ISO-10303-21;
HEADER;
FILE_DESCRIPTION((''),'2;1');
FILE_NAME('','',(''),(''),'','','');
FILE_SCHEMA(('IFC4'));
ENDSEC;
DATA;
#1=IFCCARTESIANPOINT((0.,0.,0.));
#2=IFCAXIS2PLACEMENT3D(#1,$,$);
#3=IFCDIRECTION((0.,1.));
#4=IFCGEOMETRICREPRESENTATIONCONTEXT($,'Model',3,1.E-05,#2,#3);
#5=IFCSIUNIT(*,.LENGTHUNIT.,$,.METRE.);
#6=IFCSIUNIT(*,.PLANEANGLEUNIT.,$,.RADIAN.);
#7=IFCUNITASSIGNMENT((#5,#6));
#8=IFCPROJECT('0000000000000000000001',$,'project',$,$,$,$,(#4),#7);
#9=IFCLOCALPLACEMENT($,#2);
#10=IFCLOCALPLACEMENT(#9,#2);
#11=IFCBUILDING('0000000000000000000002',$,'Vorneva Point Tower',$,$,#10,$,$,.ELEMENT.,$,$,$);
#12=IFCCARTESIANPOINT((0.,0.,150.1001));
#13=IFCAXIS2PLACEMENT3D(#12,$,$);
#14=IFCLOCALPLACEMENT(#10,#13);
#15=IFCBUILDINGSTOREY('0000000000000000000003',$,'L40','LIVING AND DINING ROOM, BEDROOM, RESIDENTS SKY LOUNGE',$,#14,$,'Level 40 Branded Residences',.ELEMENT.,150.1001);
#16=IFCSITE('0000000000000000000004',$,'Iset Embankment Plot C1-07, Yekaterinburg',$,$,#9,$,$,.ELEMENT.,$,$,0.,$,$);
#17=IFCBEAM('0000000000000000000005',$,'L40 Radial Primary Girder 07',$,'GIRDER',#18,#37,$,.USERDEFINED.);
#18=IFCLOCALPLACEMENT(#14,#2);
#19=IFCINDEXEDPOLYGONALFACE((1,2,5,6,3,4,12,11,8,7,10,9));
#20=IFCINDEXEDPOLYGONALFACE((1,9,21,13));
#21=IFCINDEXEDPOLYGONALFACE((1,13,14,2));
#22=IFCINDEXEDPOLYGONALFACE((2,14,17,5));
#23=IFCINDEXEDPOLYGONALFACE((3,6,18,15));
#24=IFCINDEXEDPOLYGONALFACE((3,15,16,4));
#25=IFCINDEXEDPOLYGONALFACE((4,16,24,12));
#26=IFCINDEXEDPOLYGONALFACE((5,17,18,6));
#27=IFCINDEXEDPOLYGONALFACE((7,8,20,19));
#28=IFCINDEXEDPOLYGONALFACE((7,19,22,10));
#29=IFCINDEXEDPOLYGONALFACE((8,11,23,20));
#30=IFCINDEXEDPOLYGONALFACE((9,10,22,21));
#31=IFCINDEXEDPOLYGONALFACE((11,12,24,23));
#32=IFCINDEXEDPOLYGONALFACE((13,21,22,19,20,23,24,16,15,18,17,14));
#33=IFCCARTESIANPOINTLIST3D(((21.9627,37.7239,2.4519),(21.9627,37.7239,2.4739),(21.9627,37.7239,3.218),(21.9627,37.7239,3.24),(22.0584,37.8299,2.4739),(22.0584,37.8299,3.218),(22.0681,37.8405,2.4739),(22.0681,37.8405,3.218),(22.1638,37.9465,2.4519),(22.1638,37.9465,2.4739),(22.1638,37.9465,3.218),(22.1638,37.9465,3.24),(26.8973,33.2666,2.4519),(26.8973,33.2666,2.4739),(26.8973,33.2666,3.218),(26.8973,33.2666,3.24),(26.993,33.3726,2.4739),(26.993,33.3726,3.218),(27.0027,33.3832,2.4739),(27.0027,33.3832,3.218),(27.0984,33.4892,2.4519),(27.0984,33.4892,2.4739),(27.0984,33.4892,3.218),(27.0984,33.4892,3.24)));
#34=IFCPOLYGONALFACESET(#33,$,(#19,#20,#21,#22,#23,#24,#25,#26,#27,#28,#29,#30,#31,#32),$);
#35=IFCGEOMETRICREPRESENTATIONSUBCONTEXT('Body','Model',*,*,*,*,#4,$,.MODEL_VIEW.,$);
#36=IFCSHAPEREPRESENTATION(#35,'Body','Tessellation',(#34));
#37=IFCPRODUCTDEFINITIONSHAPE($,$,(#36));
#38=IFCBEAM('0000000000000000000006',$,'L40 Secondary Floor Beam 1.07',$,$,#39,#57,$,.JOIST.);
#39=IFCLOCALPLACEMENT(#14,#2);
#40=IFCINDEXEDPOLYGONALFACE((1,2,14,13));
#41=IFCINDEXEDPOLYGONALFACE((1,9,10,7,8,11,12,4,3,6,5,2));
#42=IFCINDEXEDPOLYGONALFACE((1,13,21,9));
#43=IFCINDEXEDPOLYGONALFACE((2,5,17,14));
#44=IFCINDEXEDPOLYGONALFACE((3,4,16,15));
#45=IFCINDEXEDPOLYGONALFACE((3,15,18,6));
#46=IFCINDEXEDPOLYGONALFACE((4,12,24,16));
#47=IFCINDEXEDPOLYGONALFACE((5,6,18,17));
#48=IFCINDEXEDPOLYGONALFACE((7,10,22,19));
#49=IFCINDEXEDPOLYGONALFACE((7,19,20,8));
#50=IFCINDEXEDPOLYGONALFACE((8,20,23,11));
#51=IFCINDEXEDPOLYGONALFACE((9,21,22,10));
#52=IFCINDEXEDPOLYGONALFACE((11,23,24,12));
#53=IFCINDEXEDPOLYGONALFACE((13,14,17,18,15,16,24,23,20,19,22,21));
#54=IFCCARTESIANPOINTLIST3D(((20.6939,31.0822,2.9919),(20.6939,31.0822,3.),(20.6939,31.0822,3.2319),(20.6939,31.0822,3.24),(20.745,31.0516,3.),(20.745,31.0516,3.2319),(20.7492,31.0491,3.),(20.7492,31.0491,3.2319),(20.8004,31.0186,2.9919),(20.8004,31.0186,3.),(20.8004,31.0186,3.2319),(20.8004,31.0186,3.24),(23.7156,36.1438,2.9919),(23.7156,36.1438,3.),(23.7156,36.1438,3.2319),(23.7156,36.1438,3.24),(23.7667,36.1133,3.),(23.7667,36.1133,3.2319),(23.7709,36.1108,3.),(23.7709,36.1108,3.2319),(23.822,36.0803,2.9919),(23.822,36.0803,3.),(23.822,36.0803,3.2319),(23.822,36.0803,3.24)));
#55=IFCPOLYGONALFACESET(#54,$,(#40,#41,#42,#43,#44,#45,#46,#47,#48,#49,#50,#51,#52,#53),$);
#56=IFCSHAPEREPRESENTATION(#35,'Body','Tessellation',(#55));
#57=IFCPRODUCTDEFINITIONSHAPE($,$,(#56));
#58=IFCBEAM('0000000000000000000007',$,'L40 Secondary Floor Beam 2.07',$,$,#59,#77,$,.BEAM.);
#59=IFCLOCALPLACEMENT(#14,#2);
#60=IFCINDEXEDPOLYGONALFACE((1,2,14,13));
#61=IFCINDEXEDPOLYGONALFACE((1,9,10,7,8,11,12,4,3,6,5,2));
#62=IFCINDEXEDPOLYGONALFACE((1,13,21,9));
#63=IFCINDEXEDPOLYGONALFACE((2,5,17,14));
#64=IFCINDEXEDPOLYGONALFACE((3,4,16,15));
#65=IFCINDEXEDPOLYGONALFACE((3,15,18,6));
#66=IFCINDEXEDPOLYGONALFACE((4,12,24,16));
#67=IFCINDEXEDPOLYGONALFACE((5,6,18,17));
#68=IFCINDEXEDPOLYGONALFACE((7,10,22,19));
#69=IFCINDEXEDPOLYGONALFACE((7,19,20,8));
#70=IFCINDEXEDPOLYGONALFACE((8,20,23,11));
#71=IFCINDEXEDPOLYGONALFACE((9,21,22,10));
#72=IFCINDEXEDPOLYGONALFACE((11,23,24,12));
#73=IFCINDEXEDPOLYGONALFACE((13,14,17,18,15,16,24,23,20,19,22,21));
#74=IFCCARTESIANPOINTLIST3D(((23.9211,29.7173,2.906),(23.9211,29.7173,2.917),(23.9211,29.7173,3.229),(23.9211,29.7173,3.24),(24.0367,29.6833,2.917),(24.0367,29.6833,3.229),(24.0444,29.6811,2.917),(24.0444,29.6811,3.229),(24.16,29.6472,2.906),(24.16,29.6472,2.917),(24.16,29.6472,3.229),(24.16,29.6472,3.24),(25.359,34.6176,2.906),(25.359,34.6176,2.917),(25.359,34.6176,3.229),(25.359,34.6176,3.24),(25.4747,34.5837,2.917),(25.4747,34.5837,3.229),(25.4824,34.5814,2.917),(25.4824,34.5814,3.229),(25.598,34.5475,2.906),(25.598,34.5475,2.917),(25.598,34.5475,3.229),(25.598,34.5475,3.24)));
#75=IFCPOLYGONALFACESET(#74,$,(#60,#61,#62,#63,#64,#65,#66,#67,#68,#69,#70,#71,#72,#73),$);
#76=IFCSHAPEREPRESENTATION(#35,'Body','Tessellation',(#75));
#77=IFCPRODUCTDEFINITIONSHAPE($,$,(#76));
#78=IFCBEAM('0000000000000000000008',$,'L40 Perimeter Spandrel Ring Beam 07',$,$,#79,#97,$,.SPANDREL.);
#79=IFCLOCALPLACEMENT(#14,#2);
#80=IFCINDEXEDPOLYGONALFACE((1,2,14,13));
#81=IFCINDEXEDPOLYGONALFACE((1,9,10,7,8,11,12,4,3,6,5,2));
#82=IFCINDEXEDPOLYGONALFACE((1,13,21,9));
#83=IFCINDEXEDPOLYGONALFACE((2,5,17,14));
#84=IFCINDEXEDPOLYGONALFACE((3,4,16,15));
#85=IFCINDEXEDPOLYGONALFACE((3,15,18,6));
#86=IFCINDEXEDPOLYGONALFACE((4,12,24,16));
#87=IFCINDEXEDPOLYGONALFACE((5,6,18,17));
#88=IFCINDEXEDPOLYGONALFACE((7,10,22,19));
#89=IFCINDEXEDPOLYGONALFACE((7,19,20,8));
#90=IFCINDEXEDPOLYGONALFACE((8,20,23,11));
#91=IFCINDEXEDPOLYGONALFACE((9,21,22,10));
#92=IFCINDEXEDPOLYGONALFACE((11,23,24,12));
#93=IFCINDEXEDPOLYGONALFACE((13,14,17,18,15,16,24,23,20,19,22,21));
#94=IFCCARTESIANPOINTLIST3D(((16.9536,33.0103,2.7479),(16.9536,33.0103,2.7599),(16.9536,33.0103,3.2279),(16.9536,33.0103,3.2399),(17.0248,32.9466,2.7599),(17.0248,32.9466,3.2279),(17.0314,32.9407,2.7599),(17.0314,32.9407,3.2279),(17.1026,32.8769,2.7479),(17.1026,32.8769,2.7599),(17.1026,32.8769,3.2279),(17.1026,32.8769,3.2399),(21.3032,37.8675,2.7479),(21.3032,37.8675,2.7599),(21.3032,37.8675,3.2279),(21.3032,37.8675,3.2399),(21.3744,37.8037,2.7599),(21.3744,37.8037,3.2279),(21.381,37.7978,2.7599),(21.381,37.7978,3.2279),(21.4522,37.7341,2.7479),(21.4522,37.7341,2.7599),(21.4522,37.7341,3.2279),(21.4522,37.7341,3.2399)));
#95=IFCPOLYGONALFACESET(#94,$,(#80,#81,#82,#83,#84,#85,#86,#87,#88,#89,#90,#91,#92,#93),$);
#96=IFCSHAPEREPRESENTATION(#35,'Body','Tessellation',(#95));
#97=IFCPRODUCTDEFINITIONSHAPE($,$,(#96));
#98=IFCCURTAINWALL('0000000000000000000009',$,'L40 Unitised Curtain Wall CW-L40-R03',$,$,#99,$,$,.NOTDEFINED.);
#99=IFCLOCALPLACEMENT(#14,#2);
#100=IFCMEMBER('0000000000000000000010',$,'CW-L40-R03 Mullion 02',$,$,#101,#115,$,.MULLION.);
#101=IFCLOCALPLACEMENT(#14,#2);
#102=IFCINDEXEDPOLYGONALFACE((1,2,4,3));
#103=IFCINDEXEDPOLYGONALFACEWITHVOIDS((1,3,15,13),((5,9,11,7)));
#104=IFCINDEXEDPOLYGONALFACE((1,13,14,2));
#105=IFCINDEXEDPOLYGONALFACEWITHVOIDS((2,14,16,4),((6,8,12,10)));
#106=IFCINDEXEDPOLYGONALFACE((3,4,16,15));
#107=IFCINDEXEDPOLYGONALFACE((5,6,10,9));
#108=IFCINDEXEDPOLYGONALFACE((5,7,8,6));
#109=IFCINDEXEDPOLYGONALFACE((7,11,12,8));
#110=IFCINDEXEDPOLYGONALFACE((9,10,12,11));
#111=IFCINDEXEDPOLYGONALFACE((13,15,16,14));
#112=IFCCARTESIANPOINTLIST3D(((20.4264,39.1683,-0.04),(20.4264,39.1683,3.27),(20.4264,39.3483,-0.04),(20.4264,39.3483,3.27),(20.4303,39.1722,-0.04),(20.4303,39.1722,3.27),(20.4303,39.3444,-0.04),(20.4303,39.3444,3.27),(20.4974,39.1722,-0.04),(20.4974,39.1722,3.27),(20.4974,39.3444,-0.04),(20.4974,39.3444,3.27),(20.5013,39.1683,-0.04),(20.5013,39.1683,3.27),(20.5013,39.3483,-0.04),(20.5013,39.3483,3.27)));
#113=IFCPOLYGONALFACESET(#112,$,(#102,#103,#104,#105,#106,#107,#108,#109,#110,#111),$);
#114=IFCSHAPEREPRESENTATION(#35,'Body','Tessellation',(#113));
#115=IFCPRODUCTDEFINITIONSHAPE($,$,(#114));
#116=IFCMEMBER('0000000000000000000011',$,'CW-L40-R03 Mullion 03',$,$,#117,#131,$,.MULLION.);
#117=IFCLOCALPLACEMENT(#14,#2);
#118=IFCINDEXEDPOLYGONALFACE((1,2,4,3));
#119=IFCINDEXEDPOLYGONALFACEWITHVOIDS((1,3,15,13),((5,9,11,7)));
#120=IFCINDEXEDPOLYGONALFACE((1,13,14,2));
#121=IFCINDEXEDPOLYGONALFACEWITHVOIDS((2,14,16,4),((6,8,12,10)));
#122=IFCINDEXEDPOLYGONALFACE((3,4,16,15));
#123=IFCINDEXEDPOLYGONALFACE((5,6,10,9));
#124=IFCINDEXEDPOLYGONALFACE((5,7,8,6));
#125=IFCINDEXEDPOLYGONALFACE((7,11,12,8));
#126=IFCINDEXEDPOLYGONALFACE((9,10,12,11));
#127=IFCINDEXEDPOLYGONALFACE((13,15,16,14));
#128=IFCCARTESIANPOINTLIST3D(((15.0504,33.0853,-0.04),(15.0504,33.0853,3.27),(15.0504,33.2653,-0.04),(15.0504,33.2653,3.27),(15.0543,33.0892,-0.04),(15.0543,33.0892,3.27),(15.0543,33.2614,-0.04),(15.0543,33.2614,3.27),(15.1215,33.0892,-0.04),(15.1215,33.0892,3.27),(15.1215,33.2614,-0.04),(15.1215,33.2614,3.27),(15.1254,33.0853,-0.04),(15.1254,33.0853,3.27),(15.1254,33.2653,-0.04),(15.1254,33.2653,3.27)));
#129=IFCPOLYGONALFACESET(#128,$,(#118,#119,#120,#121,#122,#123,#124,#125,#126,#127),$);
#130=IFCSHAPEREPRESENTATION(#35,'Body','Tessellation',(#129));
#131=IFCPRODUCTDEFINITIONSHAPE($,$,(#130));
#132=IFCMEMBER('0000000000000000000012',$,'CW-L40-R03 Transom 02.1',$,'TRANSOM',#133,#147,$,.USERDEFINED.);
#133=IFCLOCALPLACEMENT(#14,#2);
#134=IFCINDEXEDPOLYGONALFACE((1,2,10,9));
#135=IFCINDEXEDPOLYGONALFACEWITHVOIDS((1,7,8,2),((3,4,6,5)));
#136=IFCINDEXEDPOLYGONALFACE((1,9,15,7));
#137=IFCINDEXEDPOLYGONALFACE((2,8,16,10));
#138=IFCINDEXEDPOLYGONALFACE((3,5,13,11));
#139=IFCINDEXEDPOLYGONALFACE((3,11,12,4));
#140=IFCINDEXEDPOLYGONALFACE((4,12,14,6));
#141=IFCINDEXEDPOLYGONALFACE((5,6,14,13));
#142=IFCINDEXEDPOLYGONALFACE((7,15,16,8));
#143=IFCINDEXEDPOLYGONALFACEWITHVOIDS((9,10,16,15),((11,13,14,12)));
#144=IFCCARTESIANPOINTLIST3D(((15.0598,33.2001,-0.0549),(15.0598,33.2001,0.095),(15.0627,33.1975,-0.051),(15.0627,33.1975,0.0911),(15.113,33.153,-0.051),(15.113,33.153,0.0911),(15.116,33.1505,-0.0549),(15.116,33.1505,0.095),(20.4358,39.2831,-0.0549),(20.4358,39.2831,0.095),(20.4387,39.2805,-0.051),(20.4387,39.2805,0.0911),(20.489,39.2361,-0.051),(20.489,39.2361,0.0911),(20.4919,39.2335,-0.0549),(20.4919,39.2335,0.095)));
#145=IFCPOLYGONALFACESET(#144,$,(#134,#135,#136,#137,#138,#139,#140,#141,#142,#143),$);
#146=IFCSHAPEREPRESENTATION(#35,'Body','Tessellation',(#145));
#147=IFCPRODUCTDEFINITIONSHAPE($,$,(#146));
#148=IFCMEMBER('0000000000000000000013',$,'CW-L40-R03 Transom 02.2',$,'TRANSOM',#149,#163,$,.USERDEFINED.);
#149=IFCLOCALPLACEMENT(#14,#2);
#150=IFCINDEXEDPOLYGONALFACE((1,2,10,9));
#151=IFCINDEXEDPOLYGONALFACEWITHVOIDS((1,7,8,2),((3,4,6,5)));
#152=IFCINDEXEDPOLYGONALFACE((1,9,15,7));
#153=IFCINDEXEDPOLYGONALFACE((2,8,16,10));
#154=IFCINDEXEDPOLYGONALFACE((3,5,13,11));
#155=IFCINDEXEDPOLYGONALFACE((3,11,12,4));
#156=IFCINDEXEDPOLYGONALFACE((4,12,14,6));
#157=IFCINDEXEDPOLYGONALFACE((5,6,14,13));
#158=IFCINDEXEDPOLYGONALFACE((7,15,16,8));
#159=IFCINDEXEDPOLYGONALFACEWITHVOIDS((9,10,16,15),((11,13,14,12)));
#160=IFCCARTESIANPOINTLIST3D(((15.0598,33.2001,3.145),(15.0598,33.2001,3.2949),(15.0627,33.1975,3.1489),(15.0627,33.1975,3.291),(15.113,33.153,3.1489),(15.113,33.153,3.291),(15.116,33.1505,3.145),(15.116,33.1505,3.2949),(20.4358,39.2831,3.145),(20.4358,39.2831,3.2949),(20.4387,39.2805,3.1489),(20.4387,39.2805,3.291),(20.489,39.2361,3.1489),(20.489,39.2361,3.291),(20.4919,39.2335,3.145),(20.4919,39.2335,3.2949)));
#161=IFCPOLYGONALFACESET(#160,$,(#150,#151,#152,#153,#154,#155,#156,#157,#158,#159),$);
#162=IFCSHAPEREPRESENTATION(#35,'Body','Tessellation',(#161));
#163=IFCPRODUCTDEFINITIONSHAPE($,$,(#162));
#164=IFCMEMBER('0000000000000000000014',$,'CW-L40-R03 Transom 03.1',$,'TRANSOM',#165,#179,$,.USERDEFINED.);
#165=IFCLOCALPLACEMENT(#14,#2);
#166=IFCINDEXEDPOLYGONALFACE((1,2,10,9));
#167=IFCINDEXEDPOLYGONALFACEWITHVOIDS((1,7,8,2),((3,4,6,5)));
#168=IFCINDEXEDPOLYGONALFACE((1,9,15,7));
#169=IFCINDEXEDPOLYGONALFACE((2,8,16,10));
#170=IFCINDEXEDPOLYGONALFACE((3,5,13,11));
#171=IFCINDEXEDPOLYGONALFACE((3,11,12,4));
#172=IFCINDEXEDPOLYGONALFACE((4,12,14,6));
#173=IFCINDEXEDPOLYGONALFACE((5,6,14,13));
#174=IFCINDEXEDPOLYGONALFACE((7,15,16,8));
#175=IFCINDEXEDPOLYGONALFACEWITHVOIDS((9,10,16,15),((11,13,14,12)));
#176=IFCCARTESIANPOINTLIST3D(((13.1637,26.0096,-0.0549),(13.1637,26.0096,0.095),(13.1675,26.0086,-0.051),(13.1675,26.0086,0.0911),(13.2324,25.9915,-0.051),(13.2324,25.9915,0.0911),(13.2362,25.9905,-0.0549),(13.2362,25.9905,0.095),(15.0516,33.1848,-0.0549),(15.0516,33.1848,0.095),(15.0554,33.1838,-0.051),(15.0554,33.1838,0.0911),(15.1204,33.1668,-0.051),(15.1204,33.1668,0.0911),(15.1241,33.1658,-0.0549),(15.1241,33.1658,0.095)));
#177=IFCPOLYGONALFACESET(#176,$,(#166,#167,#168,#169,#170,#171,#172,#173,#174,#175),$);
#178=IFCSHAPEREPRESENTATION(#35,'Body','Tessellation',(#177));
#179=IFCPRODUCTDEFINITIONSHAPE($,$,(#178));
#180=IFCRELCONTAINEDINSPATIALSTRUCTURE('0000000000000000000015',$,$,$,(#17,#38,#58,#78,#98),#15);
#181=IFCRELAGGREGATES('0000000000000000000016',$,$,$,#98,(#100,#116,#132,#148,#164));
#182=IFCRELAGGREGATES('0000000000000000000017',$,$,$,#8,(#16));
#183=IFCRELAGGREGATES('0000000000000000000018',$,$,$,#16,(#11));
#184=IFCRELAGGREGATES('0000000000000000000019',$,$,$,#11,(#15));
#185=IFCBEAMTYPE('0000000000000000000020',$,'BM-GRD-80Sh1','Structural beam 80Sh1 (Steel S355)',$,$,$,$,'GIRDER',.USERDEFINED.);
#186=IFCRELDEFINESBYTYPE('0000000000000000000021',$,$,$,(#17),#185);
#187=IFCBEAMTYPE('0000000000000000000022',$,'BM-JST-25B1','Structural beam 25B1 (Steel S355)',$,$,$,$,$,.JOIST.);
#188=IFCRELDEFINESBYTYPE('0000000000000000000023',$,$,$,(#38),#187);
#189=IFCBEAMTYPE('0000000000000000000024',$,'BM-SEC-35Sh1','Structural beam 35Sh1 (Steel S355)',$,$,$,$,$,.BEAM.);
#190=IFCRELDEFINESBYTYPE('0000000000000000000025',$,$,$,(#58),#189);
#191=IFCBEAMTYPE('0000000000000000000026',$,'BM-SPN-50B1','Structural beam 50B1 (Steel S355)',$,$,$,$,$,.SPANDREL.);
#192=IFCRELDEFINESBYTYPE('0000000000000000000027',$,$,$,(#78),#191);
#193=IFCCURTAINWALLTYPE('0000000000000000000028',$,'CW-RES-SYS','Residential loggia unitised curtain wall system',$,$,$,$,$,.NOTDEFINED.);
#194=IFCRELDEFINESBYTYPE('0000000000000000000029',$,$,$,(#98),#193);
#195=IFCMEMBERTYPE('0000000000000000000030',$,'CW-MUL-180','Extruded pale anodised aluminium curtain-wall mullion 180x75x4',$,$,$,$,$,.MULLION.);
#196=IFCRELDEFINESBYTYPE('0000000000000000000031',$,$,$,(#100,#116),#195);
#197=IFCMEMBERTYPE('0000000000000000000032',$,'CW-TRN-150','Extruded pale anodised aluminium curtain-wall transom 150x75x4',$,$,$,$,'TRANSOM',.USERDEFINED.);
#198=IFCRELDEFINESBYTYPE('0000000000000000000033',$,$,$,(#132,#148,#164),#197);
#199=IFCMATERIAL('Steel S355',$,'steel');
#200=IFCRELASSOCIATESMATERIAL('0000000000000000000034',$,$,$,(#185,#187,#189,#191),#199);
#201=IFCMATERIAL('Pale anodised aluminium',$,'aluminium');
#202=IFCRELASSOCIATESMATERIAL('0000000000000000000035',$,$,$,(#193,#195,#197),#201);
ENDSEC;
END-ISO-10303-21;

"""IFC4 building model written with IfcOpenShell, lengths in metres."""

from ifc_helpers import new_model, si_unit, direction, frame, origin, origin_2d, place, context, subcontext, project, spatial, hollow_rectangle, i_section, extrude, material, material_profile, profile_set, type_object, element, aggregate, save


model = new_model("IFC4")

# Units and contexts
model_context = context("Model", 3, precision=1e-05, world=origin(), true_north=direction((0.0, 1.0)))
body_context = subcontext(model_context, "Body", "Model", "MODEL_VIEW")
ifc_project = project(units=[si_unit("LENGTHUNIT", "METRE"), si_unit("PLANEANGLEUNIT", "RADIAN")], contexts=[model_context])

# Site, building, storey
site_placement = place(None, origin())
site = spatial("IfcSite", under=ifc_project, at=site_placement, Name="Iset Embankment Plot C1-07, Yekaterinburg", CompositionType="ELEMENT", RefElevation=0.0)
building_placement = place(site_placement, origin())
building = spatial("IfcBuilding", under=site, at=building_placement, Name="Vorneva Point Tower", CompositionType="ELEMENT")
storey_placement = place(building_placement, frame((0.0, 0.0, 150.1001)))
storey = spatial("IfcBuildingStorey", under=building, at=storey_placement, Name="L40", Description="LIVING AND DINING ROOM, BEDROOM, RESIDENTS SKY LOUNGE", LongName="Level 40 Branded Residences", CompositionType="ELEMENT", Elevation=150.1001)

# Beams
ifc_material_1 = material(Name="Steel S355", Category="steel")
ifc_material_profile_1 = material_profile(ifc_material_1, i_section(OverallWidth=0.3, OverallDepth=0.7881, WebThickness=0.0144, FlangeThickness=0.022, at=origin_2d()), Name="80Sh1")
ifc_profile_set_1 = profile_set([ifc_material_profile_1], Name="Steel S355")
beam_type_1 = type_object("IfcBeamType", Name="BM-GRD-80Sh1", Description="Structural beam 80Sh1 (Steel S355)", ElementType="GIRDER", PredefinedType="USERDEFINED", material=ifc_profile_set_1)
beam_1_placement = place(storey_placement, frame((22.0632, 37.8352, 2.8459), z_axis=(0.742084, -0.670306, 0.0), x_axis=(0.670306, 0.742084, 0.0)))
element("IfcBeam", 1, at=beam_1_placement, inside=storey, type_object=beam_type_1, Name="L40 Radial Primary Girder 07", ObjectType="GIRDER", PredefinedType="USERDEFINED", context=body_context, shape_type="SweptSolid", body=[
    extrude(i_section(OverallWidth=0.3, OverallDepth=0.7881, WebThickness=0.0144, FlangeThickness=0.022, at=origin_2d()), origin(), (0.0, 0.0, 1.0), 6.6497),
])
ifc_material_profile_2 = material_profile(ifc_material_1, i_section(OverallWidth=0.124, OverallDepth=0.248, WebThickness=0.0049, FlangeThickness=0.0081, at=origin_2d()), Name="25B1")
ifc_profile_set_2 = profile_set([ifc_material_profile_2], Name="Steel S355")
beam_type_2 = type_object("IfcBeamType", Name="BM-JST-25B1", Description="Structural beam 25B1 (Steel S355)", PredefinedType="JOIST", material=ifc_profile_set_2)
beam_2_placement = place(storey_placement, frame((23.7688, 36.1121, 3.116), z_axis=(-0.512582, -0.858638, 0.0), x_axis=(0.858638, -0.512582, 0.0)))
element("IfcBeam", 2, at=beam_2_placement, inside=storey, type_object=beam_type_2, Name="L40 Secondary Floor Beam 1.07", PredefinedType="JOIST", context=body_context, shape_type="SweptSolid", body=[
    extrude(i_section(OverallWidth=0.124, OverallDepth=0.248, WebThickness=0.0049, FlangeThickness=0.0081, at=origin_2d()), origin(), (0.0, 0.0, 1.0), 5.895),
])
ifc_material_profile_3 = material_profile(ifc_material_1, i_section(OverallWidth=0.249, OverallDepth=0.334, WebThickness=0.0081, FlangeThickness=0.011, at=origin_2d()), Name="35Sh1")
ifc_profile_set_3 = profile_set([ifc_material_profile_3], Name="Steel S355")
beam_type_3 = type_object("IfcBeamType", Name="BM-SEC-35Sh1", Description="Structural beam 35Sh1 (Steel S355)", PredefinedType="BEAM", material=ifc_profile_set_3)
beam_3_placement = place(storey_placement, frame((25.4785, 34.5825, 3.073), z_axis=(-0.281571, -0.95954, 0.0), x_axis=(0.95954, -0.281571, 0.0)))
element("IfcBeam", 3, at=beam_3_placement, inside=storey, type_object=beam_type_3, Name="L40 Secondary Floor Beam 2.07", PredefinedType="BEAM", context=body_context, shape_type="SweptSolid", body=[
    extrude(i_section(OverallWidth=0.249, OverallDepth=0.334, WebThickness=0.0081, FlangeThickness=0.011, at=origin_2d()), origin(), (0.0, 0.0, 1.0), 5.1069),
])
ifc_material_profile_4 = material_profile(ifc_material_1, i_section(OverallWidth=0.2, OverallDepth=0.4919, WebThickness=0.0088, FlangeThickness=0.012, at=origin_2d()), Name="50B1")
ifc_profile_set_4 = profile_set([ifc_material_profile_4], Name="Steel S355")
beam_type_4 = type_object("IfcBeamType", Name="BM-SPN-50B1", Description="Structural beam 50B1 (Steel S355)", PredefinedType="SPANDREL", material=ifc_profile_set_4)
beam_4_placement = place(storey_placement, frame((21.3777, 37.8008, 2.9939), z_axis=(-0.667111, -0.744958, 0.0), x_axis=(0.744958, -0.667111, 0.0)))
element("IfcBeam", 4, at=beam_4_placement, inside=storey, type_object=beam_type_4, Name="L40 Perimeter Spandrel Ring Beam 07", PredefinedType="SPANDREL", context=body_context, shape_type="SweptSolid", body=[
    extrude(i_section(OverallWidth=0.2, OverallDepth=0.4919, WebThickness=0.0088, FlangeThickness=0.012, at=origin_2d()), origin(), (0.0, 0.0, 1.0), 6.52),
])

# Curtain wall, members
ifc_material_2 = material(Name="Pale anodised aluminium", Category="aluminium")
curtain_wall_type = type_object("IfcCurtainWallType", Name="CW-RES-SYS", Description="Residential loggia unitised curtain wall system", PredefinedType="NOTDEFINED", material=ifc_material_2)
curtain_wall_placement = place(storey_placement, origin())
curtain_wall = element("IfcCurtainWall", 5, at=curtain_wall_placement, inside=storey, type_object=curtain_wall_type, Name="L40 Unitised Curtain Wall CW-L40-R03", PredefinedType="NOTDEFINED")
ifc_material_profile_5 = material_profile(ifc_material_2, hollow_rectangle(XDim=0.075, YDim=0.1799, WallThickness=0.0039, at=origin_2d()), Name="AL-MUL 180x75x4")
ifc_profile_set_5 = profile_set([ifc_material_profile_5], Name="Pale anodised aluminium")
member_type_1 = type_object("IfcMemberType", Name="CW-MUL-180", Description="Extruded pale anodised aluminium curtain-wall mullion 180x75x4", PredefinedType="MULLION", material=ifc_profile_set_5)
member_1_placement = place(storey_placement, frame((20.4639, 39.2583, -0.04), z_axis=(0.0, 0.0, 1.0), x_axis=(1.0, 0.0, 0.0)))
member_1 = element("IfcMember", 6, at=member_1_placement, type_object=member_type_1, Name="CW-L40-R03 Mullion 02", PredefinedType="MULLION", context=body_context, shape_type="SweptSolid", body=[
    extrude(hollow_rectangle(XDim=0.075, YDim=0.1799, WallThickness=0.0039, at=origin_2d()), origin(), (0.0, 0.0, 1.0), 3.3101),
])
member_2_placement = place(storey_placement, frame((15.0879, 33.1753, -0.04), z_axis=(0.0, 0.0, 1.0), x_axis=(1.0, 0.0, 0.0)))
member_2 = element("IfcMember", 7, at=member_2_placement, type_object=member_type_1, Name="CW-L40-R03 Mullion 03", PredefinedType="MULLION", context=body_context, shape_type="SweptSolid", body=[
    extrude(hollow_rectangle(XDim=0.075, YDim=0.1799, WallThickness=0.0039, at=origin_2d()), origin(), (0.0, 0.0, 1.0), 3.3101),
])
ifc_material_profile_6 = material_profile(ifc_material_2, hollow_rectangle(XDim=0.075, YDim=0.1499, WallThickness=0.0039, at=origin_2d()), Name="AL-TRN 150x75x4")
ifc_profile_set_6 = profile_set([ifc_material_profile_6], Name="Pale anodised aluminium")
member_type_2 = type_object("IfcMemberType", Name="CW-TRN-150", Description="Extruded pale anodised aluminium curtain-wall transom 150x75x4", ElementType="TRANSOM", PredefinedType="USERDEFINED", material=ifc_profile_set_6)
member_3_placement = place(storey_placement, frame((20.4639, 39.2583, 0.02), z_axis=(-0.662218, -0.749311, 0.0), x_axis=(0.749311, -0.662218, 0.0)))
member_3 = element("IfcMember", 8, at=member_3_placement, type_object=member_type_2, Name="CW-L40-R03 Transom 02.1", ObjectType="TRANSOM", PredefinedType="USERDEFINED", context=body_context, shape_type="SweptSolid", body=[
    extrude(hollow_rectangle(XDim=0.075, YDim=0.1499, WallThickness=0.0039, at=origin_2d()), origin(), (0.0, 0.0, 1.0), 8.1182),
])
member_4_placement = place(storey_placement, frame((20.4639, 39.2583, 3.22), z_axis=(-0.662218, -0.749311, 0.0), x_axis=(0.749311, -0.662218, 0.0)))
member_4 = element("IfcMember", 9, at=member_4_placement, type_object=member_type_2, Name="CW-L40-R03 Transom 02.2", ObjectType="TRANSOM", PredefinedType="USERDEFINED", context=body_context, shape_type="SweptSolid", body=[
    extrude(hollow_rectangle(XDim=0.075, YDim=0.1499, WallThickness=0.0039, at=origin_2d()), origin(), (0.0, 0.0, 1.0), 8.1182),
])
member_5_placement = place(storey_placement, frame((15.0879, 33.1753, 0.02), z_axis=(-0.254456, -0.967084, 0.0), x_axis=(0.967084, -0.254456, 0.0)))
member_5 = element("IfcMember", 10, at=member_5_placement, type_object=member_type_2, Name="CW-L40-R03 Transom 03.1", ObjectType="TRANSOM", PredefinedType="USERDEFINED", context=body_context, shape_type="SweptSolid", body=[
    extrude(hollow_rectangle(XDim=0.075, YDim=0.1499, WallThickness=0.0039, at=origin_2d()), origin(), (0.0, 0.0, 1.0), 7.4194),
])
aggregate(curtain_wall, [member_1, member_2, member_3, member_4, member_5])

save(model, "model.ifc")
